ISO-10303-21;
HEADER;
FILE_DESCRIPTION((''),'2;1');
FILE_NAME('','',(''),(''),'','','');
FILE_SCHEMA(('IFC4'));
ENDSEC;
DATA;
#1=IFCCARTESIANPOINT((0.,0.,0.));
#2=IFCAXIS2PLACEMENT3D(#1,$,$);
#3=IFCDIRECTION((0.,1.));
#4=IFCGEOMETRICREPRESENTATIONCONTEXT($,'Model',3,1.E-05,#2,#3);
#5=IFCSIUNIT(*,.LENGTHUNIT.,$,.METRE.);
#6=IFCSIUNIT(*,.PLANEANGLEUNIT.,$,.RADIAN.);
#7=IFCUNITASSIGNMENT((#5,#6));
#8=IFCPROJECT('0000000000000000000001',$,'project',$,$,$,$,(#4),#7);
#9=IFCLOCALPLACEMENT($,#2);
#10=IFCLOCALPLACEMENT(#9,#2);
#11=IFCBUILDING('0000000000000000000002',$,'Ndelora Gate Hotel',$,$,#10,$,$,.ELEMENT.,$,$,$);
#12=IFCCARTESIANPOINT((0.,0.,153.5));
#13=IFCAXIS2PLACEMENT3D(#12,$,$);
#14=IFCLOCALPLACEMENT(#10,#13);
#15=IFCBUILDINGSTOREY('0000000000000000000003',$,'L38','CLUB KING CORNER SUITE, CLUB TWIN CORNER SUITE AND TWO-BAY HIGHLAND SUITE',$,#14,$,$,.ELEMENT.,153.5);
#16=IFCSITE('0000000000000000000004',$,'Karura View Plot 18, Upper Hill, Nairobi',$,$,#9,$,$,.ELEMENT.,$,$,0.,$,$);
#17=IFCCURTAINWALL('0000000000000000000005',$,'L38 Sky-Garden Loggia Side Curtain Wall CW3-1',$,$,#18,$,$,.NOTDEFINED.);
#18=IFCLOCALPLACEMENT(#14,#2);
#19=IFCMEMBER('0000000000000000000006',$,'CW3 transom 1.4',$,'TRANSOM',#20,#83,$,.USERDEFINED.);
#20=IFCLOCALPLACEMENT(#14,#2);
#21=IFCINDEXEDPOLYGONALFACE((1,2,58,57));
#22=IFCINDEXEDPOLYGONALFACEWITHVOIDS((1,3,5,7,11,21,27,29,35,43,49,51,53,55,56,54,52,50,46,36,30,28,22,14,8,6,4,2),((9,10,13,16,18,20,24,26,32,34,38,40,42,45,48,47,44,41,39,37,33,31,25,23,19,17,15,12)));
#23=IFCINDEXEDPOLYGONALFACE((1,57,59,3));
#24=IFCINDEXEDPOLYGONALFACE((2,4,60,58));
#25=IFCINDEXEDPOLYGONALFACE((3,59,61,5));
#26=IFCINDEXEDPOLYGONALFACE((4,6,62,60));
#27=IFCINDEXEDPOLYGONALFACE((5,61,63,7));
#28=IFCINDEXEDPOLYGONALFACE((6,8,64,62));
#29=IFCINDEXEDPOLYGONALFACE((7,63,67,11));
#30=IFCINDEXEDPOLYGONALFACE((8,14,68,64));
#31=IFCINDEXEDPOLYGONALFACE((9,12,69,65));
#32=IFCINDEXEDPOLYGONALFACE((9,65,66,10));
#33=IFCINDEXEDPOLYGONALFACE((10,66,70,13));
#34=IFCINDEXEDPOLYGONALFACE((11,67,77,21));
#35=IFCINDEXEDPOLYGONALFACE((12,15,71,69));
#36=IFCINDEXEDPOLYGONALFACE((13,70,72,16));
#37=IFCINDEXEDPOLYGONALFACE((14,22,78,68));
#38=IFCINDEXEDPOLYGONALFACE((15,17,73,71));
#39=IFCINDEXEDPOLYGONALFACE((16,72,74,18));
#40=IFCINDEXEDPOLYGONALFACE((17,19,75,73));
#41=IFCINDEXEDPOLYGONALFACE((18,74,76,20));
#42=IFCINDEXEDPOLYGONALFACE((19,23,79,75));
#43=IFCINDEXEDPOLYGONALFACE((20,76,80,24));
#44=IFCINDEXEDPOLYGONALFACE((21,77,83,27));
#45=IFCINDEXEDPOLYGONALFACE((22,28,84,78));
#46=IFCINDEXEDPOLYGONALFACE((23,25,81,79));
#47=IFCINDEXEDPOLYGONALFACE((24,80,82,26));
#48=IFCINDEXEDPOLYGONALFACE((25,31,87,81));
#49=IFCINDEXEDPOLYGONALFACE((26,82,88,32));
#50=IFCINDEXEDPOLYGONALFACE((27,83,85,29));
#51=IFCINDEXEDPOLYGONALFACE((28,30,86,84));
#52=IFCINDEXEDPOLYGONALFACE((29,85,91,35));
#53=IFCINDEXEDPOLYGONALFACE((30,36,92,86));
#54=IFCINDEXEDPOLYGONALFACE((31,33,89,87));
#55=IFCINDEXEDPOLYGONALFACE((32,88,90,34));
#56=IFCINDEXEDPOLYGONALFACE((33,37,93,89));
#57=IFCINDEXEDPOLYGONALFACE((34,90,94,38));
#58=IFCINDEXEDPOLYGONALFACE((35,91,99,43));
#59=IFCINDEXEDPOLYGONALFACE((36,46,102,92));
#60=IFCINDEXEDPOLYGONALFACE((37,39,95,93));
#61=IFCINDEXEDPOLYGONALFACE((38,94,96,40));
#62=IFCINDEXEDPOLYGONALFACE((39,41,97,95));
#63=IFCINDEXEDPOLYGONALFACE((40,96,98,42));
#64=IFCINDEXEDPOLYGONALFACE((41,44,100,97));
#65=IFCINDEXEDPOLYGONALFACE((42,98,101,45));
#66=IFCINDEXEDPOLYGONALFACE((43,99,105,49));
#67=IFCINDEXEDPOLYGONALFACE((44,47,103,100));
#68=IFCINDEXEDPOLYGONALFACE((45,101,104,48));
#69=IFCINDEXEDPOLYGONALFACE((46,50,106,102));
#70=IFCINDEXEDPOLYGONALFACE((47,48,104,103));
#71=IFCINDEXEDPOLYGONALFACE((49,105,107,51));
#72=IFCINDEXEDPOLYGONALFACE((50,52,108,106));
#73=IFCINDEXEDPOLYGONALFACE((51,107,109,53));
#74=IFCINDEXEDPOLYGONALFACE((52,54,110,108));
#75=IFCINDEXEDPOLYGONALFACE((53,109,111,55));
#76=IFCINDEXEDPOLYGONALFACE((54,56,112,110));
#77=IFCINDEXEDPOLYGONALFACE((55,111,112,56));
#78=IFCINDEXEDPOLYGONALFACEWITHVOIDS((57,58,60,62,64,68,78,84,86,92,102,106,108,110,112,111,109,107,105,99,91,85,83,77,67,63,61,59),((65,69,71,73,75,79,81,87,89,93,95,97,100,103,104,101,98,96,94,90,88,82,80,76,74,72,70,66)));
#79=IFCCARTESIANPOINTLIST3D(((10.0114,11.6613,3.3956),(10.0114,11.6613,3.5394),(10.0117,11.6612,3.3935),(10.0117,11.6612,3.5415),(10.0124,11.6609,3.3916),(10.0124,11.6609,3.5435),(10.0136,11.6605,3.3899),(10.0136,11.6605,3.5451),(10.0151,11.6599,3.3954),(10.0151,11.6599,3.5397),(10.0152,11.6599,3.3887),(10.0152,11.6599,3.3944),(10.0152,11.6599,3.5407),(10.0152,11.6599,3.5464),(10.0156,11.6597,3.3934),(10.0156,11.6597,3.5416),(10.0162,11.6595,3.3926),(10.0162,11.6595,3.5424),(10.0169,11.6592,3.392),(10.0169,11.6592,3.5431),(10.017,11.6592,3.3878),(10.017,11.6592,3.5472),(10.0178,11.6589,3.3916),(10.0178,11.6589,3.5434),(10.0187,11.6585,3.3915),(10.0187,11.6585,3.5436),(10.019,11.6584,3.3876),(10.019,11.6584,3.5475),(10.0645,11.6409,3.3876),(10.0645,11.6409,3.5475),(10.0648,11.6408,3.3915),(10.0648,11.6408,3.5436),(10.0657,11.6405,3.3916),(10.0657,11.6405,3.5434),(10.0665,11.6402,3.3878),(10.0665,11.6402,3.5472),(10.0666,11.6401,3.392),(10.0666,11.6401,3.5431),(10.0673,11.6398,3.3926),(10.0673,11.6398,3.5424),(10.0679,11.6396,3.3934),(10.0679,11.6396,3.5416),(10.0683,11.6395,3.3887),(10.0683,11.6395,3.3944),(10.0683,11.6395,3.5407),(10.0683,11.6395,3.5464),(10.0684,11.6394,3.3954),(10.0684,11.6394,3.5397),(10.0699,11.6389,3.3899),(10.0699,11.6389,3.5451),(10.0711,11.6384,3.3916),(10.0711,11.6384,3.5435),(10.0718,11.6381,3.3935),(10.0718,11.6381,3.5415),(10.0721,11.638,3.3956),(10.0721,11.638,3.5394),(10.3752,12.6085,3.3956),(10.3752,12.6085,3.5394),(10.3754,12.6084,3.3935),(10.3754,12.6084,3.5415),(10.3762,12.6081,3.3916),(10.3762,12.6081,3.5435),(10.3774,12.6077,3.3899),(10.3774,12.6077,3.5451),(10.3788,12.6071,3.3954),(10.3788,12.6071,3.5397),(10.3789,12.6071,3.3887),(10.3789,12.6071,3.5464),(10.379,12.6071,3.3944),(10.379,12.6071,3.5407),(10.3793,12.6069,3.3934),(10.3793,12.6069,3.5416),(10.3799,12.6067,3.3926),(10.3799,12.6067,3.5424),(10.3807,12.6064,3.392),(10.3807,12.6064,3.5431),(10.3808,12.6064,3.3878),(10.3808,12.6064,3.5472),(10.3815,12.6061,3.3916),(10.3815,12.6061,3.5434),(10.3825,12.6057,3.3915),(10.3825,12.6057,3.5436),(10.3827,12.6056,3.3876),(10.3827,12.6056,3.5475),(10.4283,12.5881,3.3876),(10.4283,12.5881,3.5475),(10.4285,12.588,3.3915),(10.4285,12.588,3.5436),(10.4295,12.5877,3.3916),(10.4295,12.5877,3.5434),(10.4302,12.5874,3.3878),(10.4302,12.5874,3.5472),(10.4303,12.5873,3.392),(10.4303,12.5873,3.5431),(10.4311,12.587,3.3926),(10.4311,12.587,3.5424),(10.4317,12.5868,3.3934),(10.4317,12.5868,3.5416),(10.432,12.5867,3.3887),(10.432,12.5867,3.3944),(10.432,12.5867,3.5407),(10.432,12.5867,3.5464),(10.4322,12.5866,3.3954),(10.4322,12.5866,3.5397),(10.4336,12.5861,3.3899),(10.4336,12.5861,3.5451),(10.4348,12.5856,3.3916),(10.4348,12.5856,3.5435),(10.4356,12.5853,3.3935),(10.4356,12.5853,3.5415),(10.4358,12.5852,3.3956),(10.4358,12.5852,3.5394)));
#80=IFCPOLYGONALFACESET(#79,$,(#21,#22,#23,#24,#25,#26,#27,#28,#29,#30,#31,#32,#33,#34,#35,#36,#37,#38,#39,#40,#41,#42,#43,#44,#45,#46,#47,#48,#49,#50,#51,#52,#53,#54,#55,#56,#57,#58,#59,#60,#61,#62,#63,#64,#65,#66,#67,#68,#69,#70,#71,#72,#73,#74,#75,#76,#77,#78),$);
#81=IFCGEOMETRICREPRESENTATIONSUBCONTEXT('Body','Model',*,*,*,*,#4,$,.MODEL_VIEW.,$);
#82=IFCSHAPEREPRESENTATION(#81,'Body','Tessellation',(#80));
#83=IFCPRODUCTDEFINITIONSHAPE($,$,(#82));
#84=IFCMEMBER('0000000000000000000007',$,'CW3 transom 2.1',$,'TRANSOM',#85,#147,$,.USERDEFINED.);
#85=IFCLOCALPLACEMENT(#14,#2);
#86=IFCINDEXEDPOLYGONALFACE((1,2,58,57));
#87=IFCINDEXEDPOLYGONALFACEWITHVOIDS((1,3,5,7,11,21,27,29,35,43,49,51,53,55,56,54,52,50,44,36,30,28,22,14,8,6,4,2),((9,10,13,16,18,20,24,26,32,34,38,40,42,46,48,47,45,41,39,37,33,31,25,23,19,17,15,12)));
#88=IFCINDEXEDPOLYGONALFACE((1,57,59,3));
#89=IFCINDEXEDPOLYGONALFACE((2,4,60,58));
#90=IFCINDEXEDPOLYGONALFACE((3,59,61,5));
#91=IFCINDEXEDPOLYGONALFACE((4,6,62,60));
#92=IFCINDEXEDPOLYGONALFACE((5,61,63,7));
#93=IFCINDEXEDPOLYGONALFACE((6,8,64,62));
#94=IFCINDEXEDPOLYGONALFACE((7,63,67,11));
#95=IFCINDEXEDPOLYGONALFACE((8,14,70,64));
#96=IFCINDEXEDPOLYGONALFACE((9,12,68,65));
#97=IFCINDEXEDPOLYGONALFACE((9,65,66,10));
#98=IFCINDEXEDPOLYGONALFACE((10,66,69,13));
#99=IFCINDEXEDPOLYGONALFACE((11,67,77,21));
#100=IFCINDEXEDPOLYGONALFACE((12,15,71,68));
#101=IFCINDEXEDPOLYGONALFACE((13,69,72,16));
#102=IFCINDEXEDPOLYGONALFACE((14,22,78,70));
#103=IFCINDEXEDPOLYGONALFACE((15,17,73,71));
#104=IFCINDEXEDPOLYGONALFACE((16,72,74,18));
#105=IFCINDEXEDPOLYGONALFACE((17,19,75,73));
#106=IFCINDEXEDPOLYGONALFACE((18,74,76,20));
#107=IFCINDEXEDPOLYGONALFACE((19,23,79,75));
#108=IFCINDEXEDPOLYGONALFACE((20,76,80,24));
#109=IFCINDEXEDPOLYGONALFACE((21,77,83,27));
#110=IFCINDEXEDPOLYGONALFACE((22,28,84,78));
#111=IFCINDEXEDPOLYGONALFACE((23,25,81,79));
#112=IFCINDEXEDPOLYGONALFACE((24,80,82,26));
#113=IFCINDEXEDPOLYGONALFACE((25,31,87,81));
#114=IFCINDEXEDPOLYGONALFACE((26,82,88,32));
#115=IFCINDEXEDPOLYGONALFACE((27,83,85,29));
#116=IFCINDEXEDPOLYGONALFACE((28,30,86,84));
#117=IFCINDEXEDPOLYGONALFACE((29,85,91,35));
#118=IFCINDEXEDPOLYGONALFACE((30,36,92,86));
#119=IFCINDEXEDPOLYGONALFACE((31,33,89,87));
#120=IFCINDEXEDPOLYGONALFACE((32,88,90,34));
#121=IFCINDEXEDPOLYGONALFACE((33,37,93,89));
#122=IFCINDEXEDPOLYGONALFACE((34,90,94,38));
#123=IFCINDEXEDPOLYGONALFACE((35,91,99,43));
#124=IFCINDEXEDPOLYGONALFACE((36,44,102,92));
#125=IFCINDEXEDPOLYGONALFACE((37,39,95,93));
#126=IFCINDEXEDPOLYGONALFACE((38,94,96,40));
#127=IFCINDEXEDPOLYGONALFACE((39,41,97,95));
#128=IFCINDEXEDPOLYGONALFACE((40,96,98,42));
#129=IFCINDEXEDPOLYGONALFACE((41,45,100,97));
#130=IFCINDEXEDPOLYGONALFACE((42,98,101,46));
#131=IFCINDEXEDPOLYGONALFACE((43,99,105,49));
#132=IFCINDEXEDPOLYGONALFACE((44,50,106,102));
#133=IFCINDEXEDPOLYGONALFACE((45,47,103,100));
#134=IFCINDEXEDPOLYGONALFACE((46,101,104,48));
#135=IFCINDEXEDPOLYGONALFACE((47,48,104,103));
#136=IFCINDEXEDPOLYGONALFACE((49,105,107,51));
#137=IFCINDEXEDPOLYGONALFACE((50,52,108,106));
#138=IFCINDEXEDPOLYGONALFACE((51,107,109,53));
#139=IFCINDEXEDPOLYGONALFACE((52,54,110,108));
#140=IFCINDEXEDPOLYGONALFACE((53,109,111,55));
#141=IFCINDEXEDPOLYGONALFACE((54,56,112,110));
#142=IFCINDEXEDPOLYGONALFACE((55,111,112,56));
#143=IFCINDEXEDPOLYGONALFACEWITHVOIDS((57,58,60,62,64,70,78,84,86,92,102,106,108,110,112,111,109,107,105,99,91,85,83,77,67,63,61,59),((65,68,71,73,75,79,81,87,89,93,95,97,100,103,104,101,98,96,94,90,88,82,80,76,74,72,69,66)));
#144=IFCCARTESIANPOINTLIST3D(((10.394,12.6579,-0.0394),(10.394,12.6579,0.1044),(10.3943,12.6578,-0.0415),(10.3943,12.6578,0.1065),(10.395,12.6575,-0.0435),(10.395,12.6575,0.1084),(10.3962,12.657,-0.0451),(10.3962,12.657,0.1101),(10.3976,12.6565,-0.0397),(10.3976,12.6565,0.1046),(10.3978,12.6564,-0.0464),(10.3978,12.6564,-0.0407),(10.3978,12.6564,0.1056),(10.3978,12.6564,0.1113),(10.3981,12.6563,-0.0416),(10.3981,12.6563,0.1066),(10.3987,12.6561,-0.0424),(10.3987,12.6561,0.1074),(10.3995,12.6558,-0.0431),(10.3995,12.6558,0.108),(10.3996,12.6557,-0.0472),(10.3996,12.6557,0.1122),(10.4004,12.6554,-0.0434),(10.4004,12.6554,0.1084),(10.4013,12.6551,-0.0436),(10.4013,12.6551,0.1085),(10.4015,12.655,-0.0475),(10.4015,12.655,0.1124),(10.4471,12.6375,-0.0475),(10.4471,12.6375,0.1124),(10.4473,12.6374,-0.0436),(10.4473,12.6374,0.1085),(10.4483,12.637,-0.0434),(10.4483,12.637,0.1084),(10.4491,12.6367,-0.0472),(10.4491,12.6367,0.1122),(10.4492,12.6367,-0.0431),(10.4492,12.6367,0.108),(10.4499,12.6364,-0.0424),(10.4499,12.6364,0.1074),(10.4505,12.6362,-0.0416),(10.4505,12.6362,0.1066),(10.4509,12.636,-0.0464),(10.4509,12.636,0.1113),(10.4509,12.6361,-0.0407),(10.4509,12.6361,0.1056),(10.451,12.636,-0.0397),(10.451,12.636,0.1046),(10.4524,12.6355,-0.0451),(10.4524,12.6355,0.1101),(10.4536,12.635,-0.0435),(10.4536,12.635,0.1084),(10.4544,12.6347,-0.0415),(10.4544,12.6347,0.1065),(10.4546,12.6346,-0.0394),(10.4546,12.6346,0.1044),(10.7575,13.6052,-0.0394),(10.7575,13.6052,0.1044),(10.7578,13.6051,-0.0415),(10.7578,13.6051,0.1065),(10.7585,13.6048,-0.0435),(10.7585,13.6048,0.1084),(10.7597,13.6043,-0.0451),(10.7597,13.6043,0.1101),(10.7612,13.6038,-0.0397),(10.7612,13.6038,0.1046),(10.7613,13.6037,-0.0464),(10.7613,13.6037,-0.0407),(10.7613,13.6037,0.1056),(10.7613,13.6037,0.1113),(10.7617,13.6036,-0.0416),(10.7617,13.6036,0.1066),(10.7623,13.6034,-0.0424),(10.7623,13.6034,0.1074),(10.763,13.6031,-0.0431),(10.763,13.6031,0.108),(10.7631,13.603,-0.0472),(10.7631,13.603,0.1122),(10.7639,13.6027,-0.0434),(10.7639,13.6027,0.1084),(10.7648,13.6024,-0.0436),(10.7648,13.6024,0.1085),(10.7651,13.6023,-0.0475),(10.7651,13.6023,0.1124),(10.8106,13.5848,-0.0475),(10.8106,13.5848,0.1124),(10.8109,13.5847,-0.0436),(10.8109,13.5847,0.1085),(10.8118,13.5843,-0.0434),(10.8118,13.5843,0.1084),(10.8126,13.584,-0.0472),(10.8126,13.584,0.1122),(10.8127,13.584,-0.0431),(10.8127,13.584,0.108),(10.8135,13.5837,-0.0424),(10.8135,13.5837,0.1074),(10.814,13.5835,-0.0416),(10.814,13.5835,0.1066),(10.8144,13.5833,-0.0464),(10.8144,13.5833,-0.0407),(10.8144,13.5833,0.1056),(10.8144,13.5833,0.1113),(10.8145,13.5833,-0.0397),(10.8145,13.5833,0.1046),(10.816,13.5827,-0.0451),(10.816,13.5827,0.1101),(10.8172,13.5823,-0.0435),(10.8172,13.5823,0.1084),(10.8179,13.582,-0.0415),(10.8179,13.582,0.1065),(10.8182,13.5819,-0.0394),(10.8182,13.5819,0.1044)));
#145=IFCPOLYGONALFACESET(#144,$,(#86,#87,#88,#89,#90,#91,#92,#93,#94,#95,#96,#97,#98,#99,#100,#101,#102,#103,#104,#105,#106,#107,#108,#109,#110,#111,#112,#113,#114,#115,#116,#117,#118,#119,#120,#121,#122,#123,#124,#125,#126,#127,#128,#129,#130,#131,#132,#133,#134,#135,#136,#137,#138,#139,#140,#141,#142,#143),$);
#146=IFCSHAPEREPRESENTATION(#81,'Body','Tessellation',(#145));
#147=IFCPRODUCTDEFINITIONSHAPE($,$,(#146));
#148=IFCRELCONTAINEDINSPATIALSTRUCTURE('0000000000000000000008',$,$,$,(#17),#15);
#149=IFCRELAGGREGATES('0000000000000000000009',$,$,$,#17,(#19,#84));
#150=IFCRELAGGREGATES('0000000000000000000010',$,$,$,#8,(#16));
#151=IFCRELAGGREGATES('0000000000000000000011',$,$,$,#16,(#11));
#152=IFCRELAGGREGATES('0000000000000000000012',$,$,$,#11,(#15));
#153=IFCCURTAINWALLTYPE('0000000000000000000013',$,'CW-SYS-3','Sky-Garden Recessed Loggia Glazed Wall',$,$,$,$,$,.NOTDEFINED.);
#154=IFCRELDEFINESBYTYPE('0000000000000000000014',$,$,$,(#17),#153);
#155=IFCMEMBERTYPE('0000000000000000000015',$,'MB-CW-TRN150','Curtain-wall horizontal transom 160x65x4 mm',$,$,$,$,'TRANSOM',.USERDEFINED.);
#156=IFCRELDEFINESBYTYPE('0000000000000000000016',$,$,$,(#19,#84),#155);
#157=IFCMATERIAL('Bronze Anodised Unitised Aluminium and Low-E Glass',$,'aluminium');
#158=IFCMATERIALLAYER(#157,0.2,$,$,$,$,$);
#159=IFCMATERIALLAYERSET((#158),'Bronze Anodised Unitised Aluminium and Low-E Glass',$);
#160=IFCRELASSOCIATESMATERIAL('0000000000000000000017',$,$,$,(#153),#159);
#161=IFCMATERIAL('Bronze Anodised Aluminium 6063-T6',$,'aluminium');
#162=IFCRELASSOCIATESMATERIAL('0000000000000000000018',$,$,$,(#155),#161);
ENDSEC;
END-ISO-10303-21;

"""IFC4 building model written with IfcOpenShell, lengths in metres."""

from ifc_helpers import new_model, si_unit, direction, frame, origin, origin_2d, place, context, subcontext, project, spatial, hollow_rectangle, extrude, material, layer, layer_set, material_profile, profile_set, type_object, element, aggregate, save


model = new_model("IFC4")

# Units and contexts
model_context = context("Model", 3, precision=1e-05, world=origin(), true_north=direction((0.0, 1.0)))
body_context = subcontext(model_context, "Body", "Model", "MODEL_VIEW")
ifc_project = project(units=[si_unit("LENGTHUNIT", "METRE"), si_unit("PLANEANGLEUNIT", "RADIAN")], contexts=[model_context])

# Site, building, storey
site_placement = place(None, origin())
site = spatial("IfcSite", under=ifc_project, at=site_placement, Name="Karura View Plot 18, Upper Hill, Nairobi", CompositionType="ELEMENT", RefElevation=0.0)
building_placement = place(site_placement, origin())
building = spatial("IfcBuilding", under=site, at=building_placement, Name="Ndelora Gate Hotel", CompositionType="ELEMENT")
storey_placement = place(building_placement, frame((0.0, 0.0, 153.5)))
storey = spatial("IfcBuildingStorey", under=building, at=storey_placement, Name="L38", Description="CLUB KING CORNER SUITE, CLUB TWIN CORNER SUITE AND TWO-BAY HIGHLAND SUITE", CompositionType="ELEMENT", Elevation=153.5)

# Curtain wall, members
ifc_material_1 = material(Name="Bronze Anodised Unitised Aluminium and Low-E Glass", Category="aluminium")
ifc_layer_1 = layer(ifc_material_1, 0.2)
ifc_layer_set_1 = layer_set([ifc_layer_1], Name="Bronze Anodised Unitised Aluminium and Low-E Glass")
curtain_wall_type = type_object("IfcCurtainWallType", Name="CW-SYS-3", Description="Sky-Garden Recessed Loggia Glazed Wall", PredefinedType="NOTDEFINED", material=ifc_layer_set_1)
curtain_wall_placement = place(storey_placement, origin())
curtain_wall = element("IfcCurtainWall", 1, at=curtain_wall_placement, inside=storey, type_object=curtain_wall_type, Name="L38 Sky-Garden Loggia Side Curtain Wall CW3-1", PredefinedType="NOTDEFINED")
ifc_material_2 = material(Name="Bronze Anodised Aluminium 6063-T6", Category="aluminium")
ifc_material_profile_1 = material_profile(ifc_material_2, hollow_rectangle(XDim=0.0649, YDim=0.1599, WallThickness=0.0039, InnerFilletRadius=0.0039, OuterFilletRadius=0.0081, at=origin_2d()), Name="ALU 160x65x4")
ifc_profile_set_1 = profile_set([ifc_material_profile_1], Name="Bronze Anodised Aluminium 6063-T6")
member_type_1 = type_object("IfcMemberType", Name="MB-CW-TRN150", Description="Curtain-wall horizontal transom 160x65x4 mm", ElementType="TRANSOM", PredefinedType="USERDEFINED", material=ifc_profile_set_1)
member_1_placement = place(storey_placement, frame((10.0417, 11.6497, 3.4675), z_axis=(0.358495, 0.933532, 0.0), x_axis=(-0.933532, 0.358495, 0.0)))
member_1 = element("IfcMember", 2, at=member_1_placement, type_object=member_type_1, Name="CW3 transom 1.4", ObjectType="TRANSOM", PredefinedType="USERDEFINED", context=body_context, shape_type="SweptSolid", body=[
    extrude(hollow_rectangle(XDim=0.0649, YDim=0.1599, WallThickness=0.0039, InnerFilletRadius=0.0039, OuterFilletRadius=0.0081, at=origin_2d()), origin(), (0.0, 0.0, 1.0), 1.0146),
])
member_2_placement = place(storey_placement, frame((10.4243, 12.6462, 0.0325), z_axis=(0.358286, 0.933612, 0.0), x_axis=(-0.933612, 0.358286, 0.0)))
member_2 = element("IfcMember", 3, at=member_2_placement, type_object=member_type_1, Name="CW3 transom 2.1", ObjectType="TRANSOM", PredefinedType="USERDEFINED", context=body_context, shape_type="SweptSolid", body=[
    extrude(hollow_rectangle(XDim=0.0649, YDim=0.1599, WallThickness=0.0039, InnerFilletRadius=0.0039, OuterFilletRadius=0.0081, at=origin_2d()), origin(), (0.0, 0.0, 1.0), 1.0146),
])
aggregate(curtain_wall, [member_1, member_2])

save(model, "model.ifc")
